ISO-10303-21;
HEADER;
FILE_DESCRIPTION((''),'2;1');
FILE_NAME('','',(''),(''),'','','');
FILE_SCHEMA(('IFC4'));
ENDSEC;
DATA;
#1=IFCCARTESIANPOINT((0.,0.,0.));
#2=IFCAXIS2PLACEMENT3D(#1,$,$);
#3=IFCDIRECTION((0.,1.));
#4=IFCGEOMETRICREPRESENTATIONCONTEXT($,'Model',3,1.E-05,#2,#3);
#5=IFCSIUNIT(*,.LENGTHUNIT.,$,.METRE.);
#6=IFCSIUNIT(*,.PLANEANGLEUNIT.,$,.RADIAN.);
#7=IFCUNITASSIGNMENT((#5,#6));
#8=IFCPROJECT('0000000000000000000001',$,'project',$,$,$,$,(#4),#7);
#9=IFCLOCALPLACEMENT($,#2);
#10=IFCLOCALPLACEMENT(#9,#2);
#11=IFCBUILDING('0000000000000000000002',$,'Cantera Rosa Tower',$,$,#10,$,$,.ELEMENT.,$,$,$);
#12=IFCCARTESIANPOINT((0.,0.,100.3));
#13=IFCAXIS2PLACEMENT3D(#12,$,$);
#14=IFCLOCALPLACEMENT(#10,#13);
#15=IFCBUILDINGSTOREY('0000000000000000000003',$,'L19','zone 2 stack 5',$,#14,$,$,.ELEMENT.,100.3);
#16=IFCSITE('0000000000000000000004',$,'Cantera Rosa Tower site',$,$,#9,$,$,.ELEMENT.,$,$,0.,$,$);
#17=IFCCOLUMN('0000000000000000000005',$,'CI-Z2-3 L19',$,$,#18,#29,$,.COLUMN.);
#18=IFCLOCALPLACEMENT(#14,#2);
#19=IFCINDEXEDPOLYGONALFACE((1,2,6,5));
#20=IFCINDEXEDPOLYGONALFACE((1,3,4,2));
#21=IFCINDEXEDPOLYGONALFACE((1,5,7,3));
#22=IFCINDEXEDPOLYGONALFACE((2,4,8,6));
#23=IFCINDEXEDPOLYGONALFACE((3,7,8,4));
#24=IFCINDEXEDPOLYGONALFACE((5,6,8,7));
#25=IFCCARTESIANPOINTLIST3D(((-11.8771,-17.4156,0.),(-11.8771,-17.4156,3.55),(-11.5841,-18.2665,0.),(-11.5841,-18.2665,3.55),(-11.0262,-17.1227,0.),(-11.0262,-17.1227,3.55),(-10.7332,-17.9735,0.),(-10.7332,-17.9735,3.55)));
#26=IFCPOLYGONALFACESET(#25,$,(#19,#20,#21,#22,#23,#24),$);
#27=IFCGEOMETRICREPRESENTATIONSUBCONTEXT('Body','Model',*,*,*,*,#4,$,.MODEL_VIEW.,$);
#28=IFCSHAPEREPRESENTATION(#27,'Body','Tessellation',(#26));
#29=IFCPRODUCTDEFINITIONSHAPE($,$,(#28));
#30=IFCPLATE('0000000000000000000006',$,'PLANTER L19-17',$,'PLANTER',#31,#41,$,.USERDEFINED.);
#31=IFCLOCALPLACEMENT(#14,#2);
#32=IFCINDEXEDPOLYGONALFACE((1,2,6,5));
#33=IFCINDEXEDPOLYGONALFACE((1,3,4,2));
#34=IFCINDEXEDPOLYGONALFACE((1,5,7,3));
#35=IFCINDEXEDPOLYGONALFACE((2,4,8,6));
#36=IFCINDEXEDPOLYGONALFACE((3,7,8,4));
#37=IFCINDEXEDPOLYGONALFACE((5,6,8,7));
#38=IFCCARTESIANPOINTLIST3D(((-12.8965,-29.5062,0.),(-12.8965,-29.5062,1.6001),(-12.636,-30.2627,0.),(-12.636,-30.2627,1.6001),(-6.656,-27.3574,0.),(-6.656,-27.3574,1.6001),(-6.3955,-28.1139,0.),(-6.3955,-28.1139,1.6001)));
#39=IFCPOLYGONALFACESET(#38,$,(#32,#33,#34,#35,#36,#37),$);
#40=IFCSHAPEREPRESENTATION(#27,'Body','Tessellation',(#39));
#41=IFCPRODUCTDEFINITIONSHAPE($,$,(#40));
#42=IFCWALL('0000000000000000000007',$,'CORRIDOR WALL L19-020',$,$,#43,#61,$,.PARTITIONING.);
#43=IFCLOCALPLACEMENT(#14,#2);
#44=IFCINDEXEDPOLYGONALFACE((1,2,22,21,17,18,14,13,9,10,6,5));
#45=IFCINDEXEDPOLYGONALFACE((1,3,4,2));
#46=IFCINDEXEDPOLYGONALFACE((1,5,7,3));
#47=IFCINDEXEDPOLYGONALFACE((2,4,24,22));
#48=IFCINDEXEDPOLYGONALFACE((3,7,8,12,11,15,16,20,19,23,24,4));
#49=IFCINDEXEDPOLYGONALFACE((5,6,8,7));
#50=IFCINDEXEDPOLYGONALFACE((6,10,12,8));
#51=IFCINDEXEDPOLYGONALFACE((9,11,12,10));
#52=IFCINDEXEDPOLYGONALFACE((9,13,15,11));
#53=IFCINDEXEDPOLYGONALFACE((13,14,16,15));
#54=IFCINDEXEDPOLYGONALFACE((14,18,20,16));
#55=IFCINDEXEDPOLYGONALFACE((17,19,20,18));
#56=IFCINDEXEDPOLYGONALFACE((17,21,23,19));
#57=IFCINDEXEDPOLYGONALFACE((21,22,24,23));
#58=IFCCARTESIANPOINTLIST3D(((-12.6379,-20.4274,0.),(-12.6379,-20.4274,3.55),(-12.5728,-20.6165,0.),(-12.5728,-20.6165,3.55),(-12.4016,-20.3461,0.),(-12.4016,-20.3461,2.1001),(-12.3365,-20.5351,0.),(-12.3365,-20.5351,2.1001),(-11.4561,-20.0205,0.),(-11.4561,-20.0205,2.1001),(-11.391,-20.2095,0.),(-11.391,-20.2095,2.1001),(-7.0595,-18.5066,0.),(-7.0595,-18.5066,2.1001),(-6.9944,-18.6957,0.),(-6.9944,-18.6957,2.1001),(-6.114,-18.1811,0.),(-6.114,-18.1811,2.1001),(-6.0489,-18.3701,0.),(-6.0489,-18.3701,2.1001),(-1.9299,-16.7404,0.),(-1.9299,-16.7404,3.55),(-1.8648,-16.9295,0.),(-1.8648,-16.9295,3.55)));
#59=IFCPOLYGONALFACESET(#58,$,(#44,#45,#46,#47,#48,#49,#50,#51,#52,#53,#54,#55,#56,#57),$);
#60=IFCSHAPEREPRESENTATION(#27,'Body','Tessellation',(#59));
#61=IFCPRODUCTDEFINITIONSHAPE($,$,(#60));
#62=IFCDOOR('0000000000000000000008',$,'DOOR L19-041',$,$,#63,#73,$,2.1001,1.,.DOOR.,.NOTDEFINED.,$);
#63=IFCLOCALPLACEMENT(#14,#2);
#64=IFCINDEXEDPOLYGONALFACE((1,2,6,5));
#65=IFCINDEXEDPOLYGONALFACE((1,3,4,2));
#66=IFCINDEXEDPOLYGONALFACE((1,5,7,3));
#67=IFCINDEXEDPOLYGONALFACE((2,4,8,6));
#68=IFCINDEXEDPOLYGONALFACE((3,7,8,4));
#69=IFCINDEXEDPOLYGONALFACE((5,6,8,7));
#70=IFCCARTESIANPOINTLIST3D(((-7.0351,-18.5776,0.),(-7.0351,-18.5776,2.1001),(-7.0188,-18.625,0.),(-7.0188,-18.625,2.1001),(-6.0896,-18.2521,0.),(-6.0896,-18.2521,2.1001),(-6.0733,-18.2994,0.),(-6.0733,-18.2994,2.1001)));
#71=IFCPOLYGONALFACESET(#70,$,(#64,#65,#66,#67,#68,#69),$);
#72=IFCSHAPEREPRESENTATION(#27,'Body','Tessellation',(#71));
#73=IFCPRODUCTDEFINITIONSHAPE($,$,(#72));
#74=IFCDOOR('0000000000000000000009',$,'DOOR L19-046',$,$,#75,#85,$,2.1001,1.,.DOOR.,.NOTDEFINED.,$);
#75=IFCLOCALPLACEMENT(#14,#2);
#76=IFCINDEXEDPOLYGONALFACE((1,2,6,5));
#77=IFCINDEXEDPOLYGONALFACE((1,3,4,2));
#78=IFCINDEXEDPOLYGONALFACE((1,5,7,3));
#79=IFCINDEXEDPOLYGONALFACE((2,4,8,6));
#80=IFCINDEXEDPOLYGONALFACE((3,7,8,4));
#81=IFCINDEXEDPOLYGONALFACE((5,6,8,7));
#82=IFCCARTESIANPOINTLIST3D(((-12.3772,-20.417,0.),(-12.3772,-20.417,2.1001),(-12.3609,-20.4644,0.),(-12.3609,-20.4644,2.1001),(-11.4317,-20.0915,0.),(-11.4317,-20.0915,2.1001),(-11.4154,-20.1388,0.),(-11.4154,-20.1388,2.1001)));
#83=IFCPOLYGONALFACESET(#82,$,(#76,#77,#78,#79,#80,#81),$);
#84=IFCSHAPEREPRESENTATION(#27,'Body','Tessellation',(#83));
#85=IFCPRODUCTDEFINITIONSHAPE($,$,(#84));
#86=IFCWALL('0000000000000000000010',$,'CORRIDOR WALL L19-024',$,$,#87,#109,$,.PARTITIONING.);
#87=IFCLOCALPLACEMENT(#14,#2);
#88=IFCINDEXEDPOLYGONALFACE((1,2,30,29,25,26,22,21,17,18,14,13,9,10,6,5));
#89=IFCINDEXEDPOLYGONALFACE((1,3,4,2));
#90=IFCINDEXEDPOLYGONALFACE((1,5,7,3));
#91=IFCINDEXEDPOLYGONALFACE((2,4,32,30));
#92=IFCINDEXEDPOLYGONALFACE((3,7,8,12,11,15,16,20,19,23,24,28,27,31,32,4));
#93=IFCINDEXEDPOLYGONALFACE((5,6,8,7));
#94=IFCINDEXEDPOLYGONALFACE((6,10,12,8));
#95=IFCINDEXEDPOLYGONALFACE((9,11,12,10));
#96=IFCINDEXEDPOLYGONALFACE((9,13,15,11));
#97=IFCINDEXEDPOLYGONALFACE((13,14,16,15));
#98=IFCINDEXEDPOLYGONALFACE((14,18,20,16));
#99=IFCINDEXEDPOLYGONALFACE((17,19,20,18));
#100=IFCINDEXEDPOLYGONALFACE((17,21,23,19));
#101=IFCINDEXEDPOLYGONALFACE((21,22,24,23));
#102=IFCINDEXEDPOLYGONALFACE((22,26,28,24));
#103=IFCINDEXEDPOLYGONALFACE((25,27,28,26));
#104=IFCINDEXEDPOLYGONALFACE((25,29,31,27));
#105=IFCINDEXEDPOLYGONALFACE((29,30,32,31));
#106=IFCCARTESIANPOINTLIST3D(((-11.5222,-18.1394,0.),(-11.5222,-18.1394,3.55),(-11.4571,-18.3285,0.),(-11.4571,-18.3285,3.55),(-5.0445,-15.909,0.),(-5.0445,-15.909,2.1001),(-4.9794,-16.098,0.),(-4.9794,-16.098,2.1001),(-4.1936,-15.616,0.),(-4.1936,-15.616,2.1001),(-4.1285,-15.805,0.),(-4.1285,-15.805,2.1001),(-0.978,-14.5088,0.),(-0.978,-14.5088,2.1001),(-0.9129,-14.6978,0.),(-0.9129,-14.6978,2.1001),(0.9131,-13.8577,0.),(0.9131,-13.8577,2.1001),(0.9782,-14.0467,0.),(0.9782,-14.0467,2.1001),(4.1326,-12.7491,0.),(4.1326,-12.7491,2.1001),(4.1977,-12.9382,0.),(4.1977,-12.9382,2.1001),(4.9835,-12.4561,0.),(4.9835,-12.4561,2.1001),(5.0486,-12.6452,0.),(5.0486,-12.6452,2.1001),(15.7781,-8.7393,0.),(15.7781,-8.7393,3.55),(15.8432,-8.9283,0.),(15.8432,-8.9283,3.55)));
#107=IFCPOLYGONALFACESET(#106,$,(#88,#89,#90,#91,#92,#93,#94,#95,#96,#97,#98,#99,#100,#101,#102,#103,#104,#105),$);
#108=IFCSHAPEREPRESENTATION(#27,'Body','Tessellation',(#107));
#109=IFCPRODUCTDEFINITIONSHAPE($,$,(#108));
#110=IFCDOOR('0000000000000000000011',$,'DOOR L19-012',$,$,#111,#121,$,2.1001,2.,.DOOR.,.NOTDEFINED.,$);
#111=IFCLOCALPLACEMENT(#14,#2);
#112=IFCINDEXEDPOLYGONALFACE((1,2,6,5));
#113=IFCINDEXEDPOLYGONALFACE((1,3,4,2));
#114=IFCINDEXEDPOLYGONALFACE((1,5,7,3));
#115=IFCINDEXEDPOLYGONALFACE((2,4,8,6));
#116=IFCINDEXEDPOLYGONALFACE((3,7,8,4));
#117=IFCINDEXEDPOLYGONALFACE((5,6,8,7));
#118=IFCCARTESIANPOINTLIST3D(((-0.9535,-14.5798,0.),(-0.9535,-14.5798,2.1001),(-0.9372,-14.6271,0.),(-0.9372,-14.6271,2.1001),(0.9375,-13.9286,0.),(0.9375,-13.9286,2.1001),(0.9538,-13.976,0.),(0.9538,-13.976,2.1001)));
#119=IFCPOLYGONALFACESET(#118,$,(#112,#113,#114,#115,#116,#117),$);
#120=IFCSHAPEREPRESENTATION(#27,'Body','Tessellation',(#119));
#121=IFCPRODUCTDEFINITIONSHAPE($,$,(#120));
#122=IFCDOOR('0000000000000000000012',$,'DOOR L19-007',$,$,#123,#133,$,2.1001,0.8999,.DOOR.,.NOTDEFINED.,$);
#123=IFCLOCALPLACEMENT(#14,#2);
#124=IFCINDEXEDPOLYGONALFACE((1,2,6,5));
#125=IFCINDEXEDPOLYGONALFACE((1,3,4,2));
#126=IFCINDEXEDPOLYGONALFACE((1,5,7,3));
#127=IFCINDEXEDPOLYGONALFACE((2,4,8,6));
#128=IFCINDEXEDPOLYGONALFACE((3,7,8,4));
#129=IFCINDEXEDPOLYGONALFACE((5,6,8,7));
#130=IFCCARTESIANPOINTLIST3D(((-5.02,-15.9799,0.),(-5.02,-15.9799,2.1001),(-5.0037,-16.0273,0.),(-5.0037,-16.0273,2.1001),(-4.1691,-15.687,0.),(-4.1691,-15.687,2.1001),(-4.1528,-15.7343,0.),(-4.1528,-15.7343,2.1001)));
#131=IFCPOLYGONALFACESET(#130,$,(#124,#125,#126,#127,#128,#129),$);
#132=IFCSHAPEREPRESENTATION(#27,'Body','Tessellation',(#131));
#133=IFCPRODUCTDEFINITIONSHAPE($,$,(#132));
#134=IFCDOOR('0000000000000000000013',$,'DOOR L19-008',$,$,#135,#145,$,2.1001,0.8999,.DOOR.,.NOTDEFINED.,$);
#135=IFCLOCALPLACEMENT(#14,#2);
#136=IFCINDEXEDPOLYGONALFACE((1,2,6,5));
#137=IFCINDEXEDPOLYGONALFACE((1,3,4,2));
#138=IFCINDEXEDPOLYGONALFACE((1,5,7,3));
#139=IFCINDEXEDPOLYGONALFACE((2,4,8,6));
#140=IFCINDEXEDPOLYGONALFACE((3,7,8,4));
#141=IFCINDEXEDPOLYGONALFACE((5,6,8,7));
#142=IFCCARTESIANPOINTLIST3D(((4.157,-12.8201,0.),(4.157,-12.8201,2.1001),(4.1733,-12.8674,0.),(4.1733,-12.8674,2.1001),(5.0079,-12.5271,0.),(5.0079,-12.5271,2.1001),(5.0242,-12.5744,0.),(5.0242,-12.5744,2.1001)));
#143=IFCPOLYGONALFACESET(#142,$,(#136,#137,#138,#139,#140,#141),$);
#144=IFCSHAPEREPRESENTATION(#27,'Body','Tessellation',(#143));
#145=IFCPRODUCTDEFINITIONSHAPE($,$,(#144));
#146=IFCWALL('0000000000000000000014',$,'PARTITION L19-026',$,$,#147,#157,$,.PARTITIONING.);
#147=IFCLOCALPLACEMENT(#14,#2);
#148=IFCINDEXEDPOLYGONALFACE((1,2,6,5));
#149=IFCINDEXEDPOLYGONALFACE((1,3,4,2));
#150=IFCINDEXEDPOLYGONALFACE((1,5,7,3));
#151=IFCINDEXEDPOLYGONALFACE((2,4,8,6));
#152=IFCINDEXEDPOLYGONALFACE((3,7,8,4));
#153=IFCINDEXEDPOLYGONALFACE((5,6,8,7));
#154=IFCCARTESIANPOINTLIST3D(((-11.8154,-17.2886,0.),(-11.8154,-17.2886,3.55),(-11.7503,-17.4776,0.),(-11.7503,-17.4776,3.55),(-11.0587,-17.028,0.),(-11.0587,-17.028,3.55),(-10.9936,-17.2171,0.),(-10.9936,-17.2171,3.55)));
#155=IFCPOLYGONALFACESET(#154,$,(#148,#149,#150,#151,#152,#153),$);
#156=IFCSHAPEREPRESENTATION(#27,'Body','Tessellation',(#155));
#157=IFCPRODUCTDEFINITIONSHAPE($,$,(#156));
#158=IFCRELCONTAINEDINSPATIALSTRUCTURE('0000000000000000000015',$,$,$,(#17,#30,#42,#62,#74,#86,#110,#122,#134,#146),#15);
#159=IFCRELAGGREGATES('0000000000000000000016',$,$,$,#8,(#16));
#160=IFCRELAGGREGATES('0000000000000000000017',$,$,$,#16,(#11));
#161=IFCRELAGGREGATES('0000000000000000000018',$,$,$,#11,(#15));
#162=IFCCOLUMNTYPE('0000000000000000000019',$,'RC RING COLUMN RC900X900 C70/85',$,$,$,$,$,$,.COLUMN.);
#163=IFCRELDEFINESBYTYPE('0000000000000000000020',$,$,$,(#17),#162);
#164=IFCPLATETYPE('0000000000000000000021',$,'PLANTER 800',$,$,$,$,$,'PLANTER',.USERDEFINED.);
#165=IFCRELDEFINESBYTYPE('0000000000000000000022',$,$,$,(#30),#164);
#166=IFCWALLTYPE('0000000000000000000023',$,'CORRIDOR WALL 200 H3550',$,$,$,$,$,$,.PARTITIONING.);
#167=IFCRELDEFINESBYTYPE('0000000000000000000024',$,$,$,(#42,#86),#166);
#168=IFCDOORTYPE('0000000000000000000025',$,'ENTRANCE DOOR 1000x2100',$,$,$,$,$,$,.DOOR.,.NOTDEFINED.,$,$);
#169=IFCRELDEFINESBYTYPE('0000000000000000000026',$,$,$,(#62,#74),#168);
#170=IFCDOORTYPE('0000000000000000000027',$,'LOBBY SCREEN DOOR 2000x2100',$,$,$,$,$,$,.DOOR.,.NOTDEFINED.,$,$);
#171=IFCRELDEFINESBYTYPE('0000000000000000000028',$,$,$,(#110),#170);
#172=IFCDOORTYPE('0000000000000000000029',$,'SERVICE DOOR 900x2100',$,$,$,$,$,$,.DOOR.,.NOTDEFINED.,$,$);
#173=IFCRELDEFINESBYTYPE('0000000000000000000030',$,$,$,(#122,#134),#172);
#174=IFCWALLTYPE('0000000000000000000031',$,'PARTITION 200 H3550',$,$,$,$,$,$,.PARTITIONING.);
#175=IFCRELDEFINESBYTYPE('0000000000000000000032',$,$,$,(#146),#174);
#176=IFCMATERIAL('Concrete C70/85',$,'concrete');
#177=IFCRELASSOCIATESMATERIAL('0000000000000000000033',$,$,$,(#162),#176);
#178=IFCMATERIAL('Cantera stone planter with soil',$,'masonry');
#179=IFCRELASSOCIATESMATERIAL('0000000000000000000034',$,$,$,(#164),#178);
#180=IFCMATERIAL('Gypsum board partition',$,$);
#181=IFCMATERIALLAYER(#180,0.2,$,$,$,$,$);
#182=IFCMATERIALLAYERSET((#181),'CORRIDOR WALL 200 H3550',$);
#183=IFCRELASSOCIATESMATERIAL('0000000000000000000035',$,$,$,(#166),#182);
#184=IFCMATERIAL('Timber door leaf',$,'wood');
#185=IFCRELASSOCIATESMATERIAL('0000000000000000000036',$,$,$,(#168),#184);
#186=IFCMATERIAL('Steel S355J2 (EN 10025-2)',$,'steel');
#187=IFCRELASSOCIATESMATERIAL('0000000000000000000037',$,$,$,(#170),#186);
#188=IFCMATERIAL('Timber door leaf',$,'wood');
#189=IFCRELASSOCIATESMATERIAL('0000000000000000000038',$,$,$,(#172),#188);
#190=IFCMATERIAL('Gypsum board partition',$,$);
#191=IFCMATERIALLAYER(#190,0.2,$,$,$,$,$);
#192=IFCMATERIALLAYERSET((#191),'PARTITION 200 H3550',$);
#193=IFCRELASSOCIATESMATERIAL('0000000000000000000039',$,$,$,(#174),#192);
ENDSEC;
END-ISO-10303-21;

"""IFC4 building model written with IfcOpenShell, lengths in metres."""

from ifc_helpers import new_model, si_unit, direction, frame, frame_2d, origin, origin_2d, place, context, subcontext, project, spatial, rectangle, extrude, material, layer, layer_set, material_profile, profile_set, type_object, element, fill, save


model = new_model("IFC4")

# Units and contexts
model_context = context("Model", 3, precision=1e-05, world=origin(), true_north=direction((0.0, 1.0)))
body_context = subcontext(model_context, "Body", "Model", "MODEL_VIEW")
ifc_project = project(units=[si_unit("LENGTHUNIT", "METRE"), si_unit("PLANEANGLEUNIT", "RADIAN")], contexts=[model_context])

# Site, building, storey
site_placement = place(None, origin())
site = spatial("IfcSite", under=ifc_project, at=site_placement, Name="Cantera Rosa Tower site", CompositionType="ELEMENT", RefElevation=0.0)
building_placement = place(site_placement, origin())
building = spatial("IfcBuilding", under=site, at=building_placement, Name="Cantera Rosa Tower", CompositionType="ELEMENT")
storey_placement = place(building_placement, frame((0.0, 0.0, 100.3)))
storey = spatial("IfcBuildingStorey", under=building, at=storey_placement, Name="L19", Description="zone 2 stack 5", CompositionType="ELEMENT", Elevation=100.3)

# Column
ifc_material_1 = material(Name="Concrete C70/85", Category="concrete")
ifc_material_profile = material_profile(ifc_material_1, rectangle(XDim=0.8999, YDim=0.8999, at=origin_2d()), Name="RC RING COLUMN RC900X900 C70/85")
ifc_profile_set = profile_set([ifc_material_profile], Name="Concrete C70/85")
column_type = type_object("IfcColumnType", Name="RC RING COLUMN RC900X900 C70/85", PredefinedType="COLUMN", material=ifc_profile_set)
column_placement = place(storey_placement, frame((-11.3052, -17.6946, 0.0), z_axis=(0.0, 0.0, 1.0), x_axis=(0.945519, 0.325568, 0.0)))
element("IfcColumn", 1, at=column_placement, inside=storey, type_object=column_type, Name="CI-Z2-3 L19", PredefinedType="COLUMN", context=body_context, shape_type="SweptSolid", body=[
    extrude(rectangle(XDim=0.8999, YDim=0.8999, at=origin_2d()), origin(), (0.0, 0.0, 1.0), 3.55),
])

# Plate
ifc_material_2 = material(Name="Cantera stone planter with soil", Category="masonry")
plate_type = type_object("IfcPlateType", Name="PLANTER 800", ElementType="PLANTER", PredefinedType="USERDEFINED", material=ifc_material_2)
plate_placement = place(storey_placement, frame((-9.646, -28.8101, 0.0), z_axis=(0.0, 0.0, 1.0), x_axis=(0.945519, 0.325568, 0.0)))
element("IfcPlate", 2, at=plate_placement, inside=storey, type_object=plate_type, Name="PLANTER L19-17", ObjectType="PLANTER", PredefinedType="USERDEFINED", context=body_context, shape_type="SweptSolid", body=[
    extrude(rectangle(XDim=6.6001, YDim=0.8, at=origin_2d()), origin(), (0.0, 0.0, 1.0), 1.6001),
])

# Walls, openings, doors
ifc_material_3 = material(Name="Gypsum board partition")
ifc_layer_1 = layer(ifc_material_3, 0.2)
ifc_layer_set_1 = layer_set([ifc_layer_1], Name="CORRIDOR WALL 200 H3550")
wall_type_1 = type_object("IfcWallType", Name="CORRIDOR WALL 200 H3550", PredefinedType="PARTITIONING", material=ifc_layer_set_1)
wall_1_placement = place(storey_placement, frame((-12.6055, -20.522, 0.0), z_axis=(0.0, 0.0, 1.0), x_axis=(0.94552, 0.325564, 0.0)))
wall_1 = element("IfcWall", 3, at=wall_1_placement, inside=storey, type_object=wall_type_1, Name="CORRIDOR WALL L19-020", PredefinedType="PARTITIONING", context=body_context, shape_type="SweptSolid", body=[
    extrude(rectangle(XDim=11.325, YDim=0.2, at=frame_2d((5.6626, 0.0))), origin(), (0.0, 0.0, 1.0), 3.55),
])
opening_1_placement = place(wall_1_placement, frame((5.8999, 0.0, 0.0)))
opening_1 = element("IfcOpeningElement", 4, at=opening_1_placement, cuts=wall_1, PredefinedType="OPENING", context=body_context, shape_type="SweptSolid", body=[
    extrude(rectangle(XDim=1.0, YDim=2.1001, at=frame_2d((0.5, 1.05))), frame((0.0, 0.1099, 0.0), z_axis=(0.0, -1.0, 0.0), x_axis=(1.0, 0.0, 0.0)), (0.0, 0.0, 1.0), 0.22),
])
opening_2_placement = place(wall_1_placement, frame((0.25, 0.0, 0.0)))
opening_2 = element("IfcOpeningElement", 5, at=opening_2_placement, cuts=wall_1, PredefinedType="OPENING", context=body_context, shape_type="SweptSolid", body=[
    extrude(rectangle(XDim=1.0, YDim=2.1001, at=frame_2d((0.5, 1.05))), frame((0.0, 0.1099, 0.0), z_axis=(0.0, -1.0, 0.0), x_axis=(1.0, 0.0, 0.0)), (0.0, 0.0, 1.0), 0.22),
])
ifc_material_4 = material(Name="Timber door leaf", Category="wood")
door_type_1 = type_object("IfcDoorType", Name="ENTRANCE DOOR 1000x2100", OperationType="NOTDEFINED", PredefinedType="DOOR", material=ifc_material_4)
door_1_placement = place(opening_1_placement, origin())
door_1 = element("IfcDoor", 6, at=door_1_placement, inside=storey, type_object=door_type_1, Name="DOOR L19-041", OperationType="NOTDEFINED", OverallHeight=2.1001, OverallWidth=1.0, PredefinedType="DOOR", context=body_context, shape_type="SweptSolid", body=[
    extrude(rectangle(XDim=1.0, YDim=2.1001, at=frame_2d((0.5, 1.05))), frame((0.0, 0.0249, 0.0), z_axis=(0.0, -1.0, 0.0), x_axis=(1.0, 0.0, 0.0)), (0.0, 0.0, 1.0), 0.05),
])
fill(opening_1, door_1)
door_2_placement = place(opening_2_placement, origin())
door_2 = element("IfcDoor", 7, at=door_2_placement, inside=storey, type_object=door_type_1, Name="DOOR L19-046", OperationType="NOTDEFINED", OverallHeight=2.1001, OverallWidth=1.0, PredefinedType="DOOR", context=body_context, shape_type="SweptSolid", body=[
    extrude(rectangle(XDim=1.0, YDim=2.1001, at=frame_2d((0.5, 1.05))), frame((0.0, 0.0249, 0.0), z_axis=(0.0, -1.0, 0.0), x_axis=(1.0, 0.0, 0.0)), (0.0, 0.0, 1.0), 0.05),
])
fill(opening_2, door_2)
wall_2_placement = place(storey_placement, frame((-11.4895, -18.2339, 0.0), z_axis=(0.0, 0.0, 1.0), x_axis=(0.94552, 0.325565, 0.0)))
wall_2 = element("IfcWall", 8, at=wall_2_placement, inside=storey, type_object=wall_type_1, Name="CORRIDOR WALL L19-024", PredefinedType="PARTITIONING", context=body_context, shape_type="SweptSolid", body=[
    extrude(rectangle(XDim=28.8733, YDim=0.2, at=frame_2d((14.4365, 0.0))), origin(), (0.0, 0.0, 1.0), 3.55),
])
opening_3_placement = place(wall_2_placement, frame((6.8508, 0.0, 0.0)))
opening_3 = element("IfcOpeningElement", 9, at=opening_3_placement, cuts=wall_2, PredefinedType="OPENING", context=body_context, shape_type="SweptSolid", body=[
    extrude(rectangle(XDim=0.8999, YDim=2.1001, at=frame_2d((0.45, 1.05))), frame((0.0, 0.1099, 0.0), z_axis=(0.0, -1.0, 0.0), x_axis=(1.0, 0.0, 0.0)), (0.0, 0.0, 1.0), 0.22),
])
opening_4_placement = place(wall_2_placement, frame((16.5566, 0.0, 0.0)))
opening_4 = element("IfcOpeningElement", 10, at=opening_4_placement, cuts=wall_2, PredefinedType="OPENING", context=body_context, shape_type="SweptSolid", body=[
    extrude(rectangle(XDim=0.8999, YDim=2.1001, at=frame_2d((0.45, 1.05))), frame((0.0, 0.1099, 0.0), z_axis=(0.0, -1.0, 0.0), x_axis=(1.0, 0.0, 0.0)), (0.0, 0.0, 1.0), 0.22),
])
opening_5_placement = place(wall_2_placement, frame((11.1516, 0.0, 0.0)))
opening_5 = element("IfcOpeningElement", 11, at=opening_5_placement, cuts=wall_2, PredefinedType="OPENING", context=body_context, shape_type="SweptSolid", body=[
    extrude(rectangle(XDim=2.0, YDim=2.1001, at=frame_2d((1.0, 1.05))), frame((0.0, 0.1099, 0.0), z_axis=(0.0, -1.0, 0.0), x_axis=(1.0, 0.0, 0.0)), (0.0, 0.0, 1.0), 0.22),
])
ifc_material_5 = material(Name="Steel S355J2 (EN 10025-2)", Category="steel")
door_type_2 = type_object("IfcDoorType", Name="LOBBY SCREEN DOOR 2000x2100", OperationType="NOTDEFINED", PredefinedType="DOOR", material=ifc_material_5)
door_3_placement = place(opening_5_placement, origin())
door_3 = element("IfcDoor", 12, at=door_3_placement, inside=storey, type_object=door_type_2, Name="DOOR L19-012", OperationType="NOTDEFINED", OverallHeight=2.1001, OverallWidth=2.0, PredefinedType="DOOR", context=body_context, shape_type="SweptSolid", body=[
    extrude(rectangle(XDim=2.0, YDim=2.1001, at=frame_2d((1.0, 1.05))), frame((0.0, 0.0249, 0.0), z_axis=(0.0, -1.0, 0.0), x_axis=(1.0, 0.0, 0.0)), (0.0, 0.0, 1.0), 0.05),
])
fill(opening_5, door_3)
ifc_material_6 = material(Name="Timber door leaf", Category="wood")
door_type_3 = type_object("IfcDoorType", Name="SERVICE DOOR 900x2100", OperationType="NOTDEFINED", PredefinedType="DOOR", material=ifc_material_6)
door_4_placement = place(opening_3_placement, origin())
door_4 = element("IfcDoor", 13, at=door_4_placement, inside=storey, type_object=door_type_3, Name="DOOR L19-007", OperationType="NOTDEFINED", OverallHeight=2.1001, OverallWidth=0.8999, PredefinedType="DOOR", context=body_context, shape_type="SweptSolid", body=[
    extrude(rectangle(XDim=0.8999, YDim=2.1001, at=frame_2d((0.45, 1.05))), frame((0.0, 0.0249, 0.0), z_axis=(0.0, -1.0, 0.0), x_axis=(1.0, 0.0, 0.0)), (0.0, 0.0, 1.0), 0.05),
])
fill(opening_3, door_4)
door_5_placement = place(opening_4_placement, origin())
door_5 = element("IfcDoor", 14, at=door_5_placement, inside=storey, type_object=door_type_3, Name="DOOR L19-008", OperationType="NOTDEFINED", OverallHeight=2.1001, OverallWidth=0.8999, PredefinedType="DOOR", context=body_context, shape_type="SweptSolid", body=[
    extrude(rectangle(XDim=0.8999, YDim=2.1001, at=frame_2d((0.45, 1.05))), frame((0.0, 0.0249, 0.0), z_axis=(0.0, -1.0, 0.0), x_axis=(1.0, 0.0, 0.0)), (0.0, 0.0, 1.0), 0.05),
])
fill(opening_4, door_5)

# Wall
ifc_material_7 = material(Name="Gypsum board partition")
ifc_layer_2 = layer(ifc_material_7, 0.2)
ifc_layer_set_2 = layer_set([ifc_layer_2], Name="PARTITION 200 H3550")
wall_type_2 = type_object("IfcWallType", Name="PARTITION 200 H3550", PredefinedType="PARTITIONING", material=ifc_layer_set_2)
wall_3_placement = place(storey_placement, frame((-11.0261, -17.1226, 0.0), z_axis=(0.0, 0.0, 1.0), x_axis=(-0.945525, -0.325549, 0.0)))
element("IfcWall", 15, at=wall_3_placement, inside=storey, type_object=wall_type_2, Name="PARTITION L19-026", PredefinedType="PARTITIONING", context=body_context, shape_type="SweptSolid", body=[
    extrude(rectangle(XDim=0.8003, YDim=0.2, at=frame_2d((0.4001, 0.0))), origin(), (0.0, 0.0, 1.0), 3.55),
])

save(model, "model.ifc")
